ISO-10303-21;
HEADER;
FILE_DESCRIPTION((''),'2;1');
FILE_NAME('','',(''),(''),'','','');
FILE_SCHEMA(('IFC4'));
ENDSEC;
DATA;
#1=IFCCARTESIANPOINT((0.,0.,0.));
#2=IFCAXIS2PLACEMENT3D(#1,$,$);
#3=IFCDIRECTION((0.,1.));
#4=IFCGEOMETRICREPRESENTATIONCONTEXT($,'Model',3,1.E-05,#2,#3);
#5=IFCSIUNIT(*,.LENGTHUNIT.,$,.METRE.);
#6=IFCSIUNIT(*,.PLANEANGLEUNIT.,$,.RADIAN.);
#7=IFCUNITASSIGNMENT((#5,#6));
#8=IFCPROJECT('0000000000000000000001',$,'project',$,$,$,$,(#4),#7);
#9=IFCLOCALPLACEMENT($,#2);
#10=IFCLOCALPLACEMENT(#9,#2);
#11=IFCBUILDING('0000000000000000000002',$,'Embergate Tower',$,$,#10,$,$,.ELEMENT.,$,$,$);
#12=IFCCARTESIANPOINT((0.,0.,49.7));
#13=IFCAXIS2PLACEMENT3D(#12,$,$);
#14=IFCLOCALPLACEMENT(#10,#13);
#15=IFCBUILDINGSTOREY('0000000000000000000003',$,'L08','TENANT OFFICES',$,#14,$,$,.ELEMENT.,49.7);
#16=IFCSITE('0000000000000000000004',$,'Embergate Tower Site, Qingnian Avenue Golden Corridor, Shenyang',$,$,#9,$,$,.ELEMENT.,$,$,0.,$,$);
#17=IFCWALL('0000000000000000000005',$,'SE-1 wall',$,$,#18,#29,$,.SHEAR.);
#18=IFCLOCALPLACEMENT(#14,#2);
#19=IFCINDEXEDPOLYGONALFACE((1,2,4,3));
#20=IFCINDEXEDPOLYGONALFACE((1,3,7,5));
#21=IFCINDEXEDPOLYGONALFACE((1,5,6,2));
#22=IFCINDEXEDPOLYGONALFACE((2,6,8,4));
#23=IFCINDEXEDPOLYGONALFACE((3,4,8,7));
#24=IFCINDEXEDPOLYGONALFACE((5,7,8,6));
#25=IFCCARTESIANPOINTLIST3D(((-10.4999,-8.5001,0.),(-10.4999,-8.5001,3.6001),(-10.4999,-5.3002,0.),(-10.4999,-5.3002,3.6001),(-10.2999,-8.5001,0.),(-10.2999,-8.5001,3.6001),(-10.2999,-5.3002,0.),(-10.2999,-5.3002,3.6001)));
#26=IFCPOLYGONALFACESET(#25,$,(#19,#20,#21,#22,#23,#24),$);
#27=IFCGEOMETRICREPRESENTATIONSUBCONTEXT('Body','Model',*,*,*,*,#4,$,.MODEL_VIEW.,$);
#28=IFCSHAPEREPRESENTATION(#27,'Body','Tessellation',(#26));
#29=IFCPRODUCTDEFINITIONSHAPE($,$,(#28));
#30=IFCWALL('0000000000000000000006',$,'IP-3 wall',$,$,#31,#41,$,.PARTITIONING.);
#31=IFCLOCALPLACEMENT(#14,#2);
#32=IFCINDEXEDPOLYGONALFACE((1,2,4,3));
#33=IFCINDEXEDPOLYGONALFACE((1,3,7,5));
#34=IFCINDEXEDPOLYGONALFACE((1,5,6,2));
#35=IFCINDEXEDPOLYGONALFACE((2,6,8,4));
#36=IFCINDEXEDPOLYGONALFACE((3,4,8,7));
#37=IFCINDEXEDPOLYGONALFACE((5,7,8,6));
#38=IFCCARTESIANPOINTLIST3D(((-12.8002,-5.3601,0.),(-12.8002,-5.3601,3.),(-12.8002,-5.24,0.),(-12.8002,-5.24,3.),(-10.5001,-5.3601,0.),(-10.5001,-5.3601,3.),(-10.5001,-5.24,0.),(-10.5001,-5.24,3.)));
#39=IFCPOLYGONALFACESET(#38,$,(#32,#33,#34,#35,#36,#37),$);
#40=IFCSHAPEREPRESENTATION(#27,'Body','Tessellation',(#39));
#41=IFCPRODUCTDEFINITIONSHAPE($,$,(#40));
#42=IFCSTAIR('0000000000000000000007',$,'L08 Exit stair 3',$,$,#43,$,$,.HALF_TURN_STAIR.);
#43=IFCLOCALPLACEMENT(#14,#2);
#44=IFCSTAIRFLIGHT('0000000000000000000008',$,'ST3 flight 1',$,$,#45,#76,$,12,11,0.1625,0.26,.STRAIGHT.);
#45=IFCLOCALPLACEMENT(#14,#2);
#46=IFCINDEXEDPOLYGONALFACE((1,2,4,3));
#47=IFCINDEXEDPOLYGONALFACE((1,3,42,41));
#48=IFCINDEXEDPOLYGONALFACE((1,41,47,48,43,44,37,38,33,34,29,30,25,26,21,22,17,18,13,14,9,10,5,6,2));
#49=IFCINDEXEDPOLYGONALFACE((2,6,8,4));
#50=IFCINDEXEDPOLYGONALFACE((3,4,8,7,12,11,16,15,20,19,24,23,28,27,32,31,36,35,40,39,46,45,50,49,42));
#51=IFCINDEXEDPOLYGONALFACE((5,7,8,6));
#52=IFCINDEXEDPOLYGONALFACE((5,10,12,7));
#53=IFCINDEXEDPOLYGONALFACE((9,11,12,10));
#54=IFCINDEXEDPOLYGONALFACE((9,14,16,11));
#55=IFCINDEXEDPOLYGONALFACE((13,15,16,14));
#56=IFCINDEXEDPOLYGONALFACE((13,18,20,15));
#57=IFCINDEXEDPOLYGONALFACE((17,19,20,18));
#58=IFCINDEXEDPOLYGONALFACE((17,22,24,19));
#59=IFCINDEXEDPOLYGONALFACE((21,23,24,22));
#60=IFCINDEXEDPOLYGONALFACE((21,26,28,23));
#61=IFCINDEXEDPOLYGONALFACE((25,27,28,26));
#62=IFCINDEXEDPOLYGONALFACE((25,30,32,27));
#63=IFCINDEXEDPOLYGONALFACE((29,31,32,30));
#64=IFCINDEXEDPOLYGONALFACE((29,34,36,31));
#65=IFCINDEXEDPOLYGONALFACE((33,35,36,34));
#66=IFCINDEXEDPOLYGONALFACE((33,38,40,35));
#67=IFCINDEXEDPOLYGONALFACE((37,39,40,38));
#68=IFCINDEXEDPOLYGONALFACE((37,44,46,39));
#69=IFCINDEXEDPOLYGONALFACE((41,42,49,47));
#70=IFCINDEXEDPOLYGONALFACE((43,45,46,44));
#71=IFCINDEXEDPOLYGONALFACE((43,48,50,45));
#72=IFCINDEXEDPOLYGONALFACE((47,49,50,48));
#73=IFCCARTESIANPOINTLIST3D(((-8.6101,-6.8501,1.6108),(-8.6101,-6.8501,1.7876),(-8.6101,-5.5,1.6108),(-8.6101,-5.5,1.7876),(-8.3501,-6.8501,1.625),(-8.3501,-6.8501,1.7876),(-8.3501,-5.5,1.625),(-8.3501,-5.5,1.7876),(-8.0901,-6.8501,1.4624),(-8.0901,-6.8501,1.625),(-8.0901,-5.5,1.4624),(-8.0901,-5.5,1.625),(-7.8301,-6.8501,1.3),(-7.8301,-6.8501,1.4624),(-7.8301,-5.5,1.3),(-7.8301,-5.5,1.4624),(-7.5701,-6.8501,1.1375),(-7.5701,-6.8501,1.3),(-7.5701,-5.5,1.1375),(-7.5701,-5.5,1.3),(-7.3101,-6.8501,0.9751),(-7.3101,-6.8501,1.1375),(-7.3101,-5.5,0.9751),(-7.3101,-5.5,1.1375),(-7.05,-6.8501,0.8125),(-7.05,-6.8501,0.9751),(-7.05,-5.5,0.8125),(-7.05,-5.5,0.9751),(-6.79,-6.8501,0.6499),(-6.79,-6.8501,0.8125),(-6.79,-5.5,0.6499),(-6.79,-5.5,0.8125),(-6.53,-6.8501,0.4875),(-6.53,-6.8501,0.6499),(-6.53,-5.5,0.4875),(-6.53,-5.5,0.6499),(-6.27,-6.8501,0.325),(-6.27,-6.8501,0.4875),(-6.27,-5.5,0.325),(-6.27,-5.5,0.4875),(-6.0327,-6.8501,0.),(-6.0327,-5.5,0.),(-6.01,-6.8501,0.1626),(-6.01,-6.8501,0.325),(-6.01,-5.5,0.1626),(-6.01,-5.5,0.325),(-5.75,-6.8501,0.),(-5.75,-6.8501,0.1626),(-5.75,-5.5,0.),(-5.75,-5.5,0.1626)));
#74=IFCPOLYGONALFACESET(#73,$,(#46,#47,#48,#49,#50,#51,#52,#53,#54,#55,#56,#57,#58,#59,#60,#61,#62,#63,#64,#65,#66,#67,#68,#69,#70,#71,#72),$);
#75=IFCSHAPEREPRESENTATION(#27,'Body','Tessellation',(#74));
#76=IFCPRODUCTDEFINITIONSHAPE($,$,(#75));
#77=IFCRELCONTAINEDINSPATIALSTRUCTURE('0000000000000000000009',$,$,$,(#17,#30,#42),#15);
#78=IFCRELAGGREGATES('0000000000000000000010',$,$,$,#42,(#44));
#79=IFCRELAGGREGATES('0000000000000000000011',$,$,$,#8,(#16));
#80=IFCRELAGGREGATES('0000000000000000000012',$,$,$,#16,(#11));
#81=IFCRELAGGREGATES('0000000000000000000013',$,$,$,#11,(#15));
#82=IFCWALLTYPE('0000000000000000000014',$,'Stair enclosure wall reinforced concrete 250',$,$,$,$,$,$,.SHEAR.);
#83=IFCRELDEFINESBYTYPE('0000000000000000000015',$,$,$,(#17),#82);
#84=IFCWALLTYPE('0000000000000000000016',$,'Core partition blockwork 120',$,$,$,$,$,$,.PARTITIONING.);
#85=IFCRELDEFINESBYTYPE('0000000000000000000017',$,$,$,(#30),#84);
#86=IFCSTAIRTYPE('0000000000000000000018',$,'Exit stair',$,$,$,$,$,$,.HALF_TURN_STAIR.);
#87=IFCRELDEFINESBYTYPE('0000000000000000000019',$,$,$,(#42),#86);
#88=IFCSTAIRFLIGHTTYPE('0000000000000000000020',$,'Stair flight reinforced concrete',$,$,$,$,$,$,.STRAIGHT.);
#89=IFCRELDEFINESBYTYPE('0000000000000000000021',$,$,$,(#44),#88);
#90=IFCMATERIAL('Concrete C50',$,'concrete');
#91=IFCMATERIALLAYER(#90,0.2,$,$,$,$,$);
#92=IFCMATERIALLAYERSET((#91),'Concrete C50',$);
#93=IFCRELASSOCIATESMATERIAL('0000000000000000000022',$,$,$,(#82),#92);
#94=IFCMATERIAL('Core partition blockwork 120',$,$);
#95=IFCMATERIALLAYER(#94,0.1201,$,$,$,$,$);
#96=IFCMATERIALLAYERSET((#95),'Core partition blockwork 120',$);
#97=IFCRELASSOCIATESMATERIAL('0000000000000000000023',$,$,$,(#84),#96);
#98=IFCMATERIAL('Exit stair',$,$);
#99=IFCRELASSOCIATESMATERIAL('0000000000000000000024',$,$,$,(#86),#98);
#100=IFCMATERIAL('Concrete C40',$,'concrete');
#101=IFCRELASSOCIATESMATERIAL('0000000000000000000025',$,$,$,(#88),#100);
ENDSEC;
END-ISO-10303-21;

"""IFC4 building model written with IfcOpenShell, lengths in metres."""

from ifc_helpers import new_model, si_unit, direction, frame, frame_2d, origin, place, context, subcontext, project, spatial, polyline, rectangle, outline, extrude, source, transform, mapped, material, layer, layer_set, type_object, element, aggregate, save


model = new_model("IFC4")

# Units and contexts
model_context = context("Model", 3, precision=1e-05, world=origin(), true_north=direction((0.0, 1.0)))
body_context = subcontext(model_context, "Body", "Model", "MODEL_VIEW")
ifc_project = project(units=[si_unit("LENGTHUNIT", "METRE"), si_unit("PLANEANGLEUNIT", "RADIAN")], contexts=[model_context])

# Site, building, storey
site_placement = place(None, origin())
site = spatial("IfcSite", under=ifc_project, at=site_placement, Name="Embergate Tower Site, Qingnian Avenue Golden Corridor, Shenyang", CompositionType="ELEMENT", RefElevation=0.0)
building_placement = place(site_placement, origin())
building = spatial("IfcBuilding", under=site, at=building_placement, Name="Embergate Tower", CompositionType="ELEMENT")
storey_placement = place(building_placement, frame((0.0, 0.0, 49.7)))
storey = spatial("IfcBuildingStorey", under=building, at=storey_placement, Name="L08", Description="TENANT OFFICES", CompositionType="ELEMENT", Elevation=49.7)

# Shared definitions
ifc_material_1 = material(Name="Concrete C50", Category="concrete")
ifc_layer_1 = layer(ifc_material_1, 0.2)
ifc_layer_set_1 = layer_set([ifc_layer_1], Name="Concrete C50")
wall_type_1 = type_object("IfcWallType", Name="Stair enclosure wall reinforced concrete 250", PredefinedType="SHEAR", material=ifc_layer_set_1)

# Shared definitions
ifc_material_2 = material(Name="Core partition blockwork 120")
ifc_layer_2 = layer(ifc_material_2, 0.1201)
ifc_layer_set_2 = layer_set([ifc_layer_2], Name="Core partition blockwork 120")
wall_type_2 = type_object("IfcWallType", Name="Core partition blockwork 120", PredefinedType="PARTITIONING", material=ifc_layer_set_2)

# Walls
shared_shape_1 = source(origin(), body_context, "Body", "SweptSolid", [
    extrude(rectangle(XDim=3.2, YDim=0.2, at=frame_2d((1.6001, 0.0))), origin(), (0.0, 0.0, 1.0), 3.6001),
])
wall_1_placement = place(storey_placement, frame((-10.3999, -5.3, 0.0), z_axis=(0.0, 0.0, 1.0), x_axis=(0.0, -1.0, 0.0)))
element("IfcWall", 1, at=wall_1_placement, inside=storey, type_object=wall_type_1, Name="SE-1 wall", PredefinedType="SHEAR", context=body_context, shape_type="MappedRepresentation", body=[
    mapped(shared_shape_1, transform((0.0, 0.0, 0.0))),
])
shared_shape_2 = source(origin(), body_context, "Body", "SweptSolid", [
    extrude(rectangle(XDim=2.3, YDim=0.1201, at=frame_2d((1.1499, 0.0))), origin(), (0.0, 0.0, 1.0), 3.0),
])
wall_2_placement = place(storey_placement, frame((-12.8, -5.3, 0.0), z_axis=(0.0, 0.0, 1.0), x_axis=(1.0, 0.0, 0.0)))
element("IfcWall", 2, at=wall_2_placement, inside=storey, type_object=wall_type_2, Name="IP-3 wall", PredefinedType="PARTITIONING", context=body_context, shape_type="MappedRepresentation", body=[
    mapped(shared_shape_2, transform((0.0, 0.0, 0.0))),
])

# Stair, stair flight
ifc_material_3 = material(Name="Exit stair")
stair_type = type_object("IfcStairType", Name="Exit stair", PredefinedType="HALF_TURN_STAIR", material=ifc_material_3)
stair_placement = place(storey_placement, origin())
stair = element("IfcStair", 3, at=stair_placement, inside=storey, type_object=stair_type, Name="L08 Exit stair 3", PredefinedType="HALF_TURN_STAIR")
ifc_material_4 = material(Name="Concrete C40", Category="concrete")
stair_flight_type = type_object("IfcStairFlightType", Name="Stair flight reinforced concrete", PredefinedType="STRAIGHT", material=ifc_material_4)
shared_shape_3 = source(origin(), body_context, "Body", "SweptSolid", [
    extrude(outline(polyline([(0.0, 0.0), (0.0, 0.1626), (0.26, 0.1626), (0.26, 0.325), (0.52, 0.325), (0.52, 0.4875), (0.78, 0.4875), (0.78, 0.6499), (1.04, 0.6499), (1.04, 0.8125), (1.3, 0.8125), (1.3, 0.9751), (1.5601, 0.9751), (1.5601, 1.1375), (1.8201, 1.1375), (1.8201, 1.3), (2.0801, 1.3), (2.0801, 1.4624), (2.3401, 1.4624), (2.3401, 1.625), (2.6001, 1.625), (2.6001, 1.7876), (2.8601, 1.7876), (2.8601, 1.95), (2.8601, 1.6108), (0.2827, 0.0), (0.0, 0.0)])), frame((0.0, 0.675, 0.0), z_axis=(0.0, -1.0, 0.0), x_axis=(1.0, 0.0, 0.0)), (0.0, 0.0, 1.0), 1.3501),
])
stair_flight_placement = place(storey_placement, frame((-5.75, -6.175, 0.0), z_axis=(0.0, 0.0, 1.0), x_axis=(-1.0, 0.0, 0.0)))
stair_flight = element("IfcStairFlight", 4, at=stair_flight_placement, type_object=stair_flight_type, Name="ST3 flight 1", NumberOfRisers=12, NumberOfTreads=11, PredefinedType="STRAIGHT", RiserHeight=0.1625, TreadLength=0.26, context=body_context, shape_type="MappedRepresentation", body=[
    mapped(shared_shape_3, transform((0.0, 0.0, 0.0))),
])
aggregate(stair, [stair_flight])

save(model, "model.ifc")
